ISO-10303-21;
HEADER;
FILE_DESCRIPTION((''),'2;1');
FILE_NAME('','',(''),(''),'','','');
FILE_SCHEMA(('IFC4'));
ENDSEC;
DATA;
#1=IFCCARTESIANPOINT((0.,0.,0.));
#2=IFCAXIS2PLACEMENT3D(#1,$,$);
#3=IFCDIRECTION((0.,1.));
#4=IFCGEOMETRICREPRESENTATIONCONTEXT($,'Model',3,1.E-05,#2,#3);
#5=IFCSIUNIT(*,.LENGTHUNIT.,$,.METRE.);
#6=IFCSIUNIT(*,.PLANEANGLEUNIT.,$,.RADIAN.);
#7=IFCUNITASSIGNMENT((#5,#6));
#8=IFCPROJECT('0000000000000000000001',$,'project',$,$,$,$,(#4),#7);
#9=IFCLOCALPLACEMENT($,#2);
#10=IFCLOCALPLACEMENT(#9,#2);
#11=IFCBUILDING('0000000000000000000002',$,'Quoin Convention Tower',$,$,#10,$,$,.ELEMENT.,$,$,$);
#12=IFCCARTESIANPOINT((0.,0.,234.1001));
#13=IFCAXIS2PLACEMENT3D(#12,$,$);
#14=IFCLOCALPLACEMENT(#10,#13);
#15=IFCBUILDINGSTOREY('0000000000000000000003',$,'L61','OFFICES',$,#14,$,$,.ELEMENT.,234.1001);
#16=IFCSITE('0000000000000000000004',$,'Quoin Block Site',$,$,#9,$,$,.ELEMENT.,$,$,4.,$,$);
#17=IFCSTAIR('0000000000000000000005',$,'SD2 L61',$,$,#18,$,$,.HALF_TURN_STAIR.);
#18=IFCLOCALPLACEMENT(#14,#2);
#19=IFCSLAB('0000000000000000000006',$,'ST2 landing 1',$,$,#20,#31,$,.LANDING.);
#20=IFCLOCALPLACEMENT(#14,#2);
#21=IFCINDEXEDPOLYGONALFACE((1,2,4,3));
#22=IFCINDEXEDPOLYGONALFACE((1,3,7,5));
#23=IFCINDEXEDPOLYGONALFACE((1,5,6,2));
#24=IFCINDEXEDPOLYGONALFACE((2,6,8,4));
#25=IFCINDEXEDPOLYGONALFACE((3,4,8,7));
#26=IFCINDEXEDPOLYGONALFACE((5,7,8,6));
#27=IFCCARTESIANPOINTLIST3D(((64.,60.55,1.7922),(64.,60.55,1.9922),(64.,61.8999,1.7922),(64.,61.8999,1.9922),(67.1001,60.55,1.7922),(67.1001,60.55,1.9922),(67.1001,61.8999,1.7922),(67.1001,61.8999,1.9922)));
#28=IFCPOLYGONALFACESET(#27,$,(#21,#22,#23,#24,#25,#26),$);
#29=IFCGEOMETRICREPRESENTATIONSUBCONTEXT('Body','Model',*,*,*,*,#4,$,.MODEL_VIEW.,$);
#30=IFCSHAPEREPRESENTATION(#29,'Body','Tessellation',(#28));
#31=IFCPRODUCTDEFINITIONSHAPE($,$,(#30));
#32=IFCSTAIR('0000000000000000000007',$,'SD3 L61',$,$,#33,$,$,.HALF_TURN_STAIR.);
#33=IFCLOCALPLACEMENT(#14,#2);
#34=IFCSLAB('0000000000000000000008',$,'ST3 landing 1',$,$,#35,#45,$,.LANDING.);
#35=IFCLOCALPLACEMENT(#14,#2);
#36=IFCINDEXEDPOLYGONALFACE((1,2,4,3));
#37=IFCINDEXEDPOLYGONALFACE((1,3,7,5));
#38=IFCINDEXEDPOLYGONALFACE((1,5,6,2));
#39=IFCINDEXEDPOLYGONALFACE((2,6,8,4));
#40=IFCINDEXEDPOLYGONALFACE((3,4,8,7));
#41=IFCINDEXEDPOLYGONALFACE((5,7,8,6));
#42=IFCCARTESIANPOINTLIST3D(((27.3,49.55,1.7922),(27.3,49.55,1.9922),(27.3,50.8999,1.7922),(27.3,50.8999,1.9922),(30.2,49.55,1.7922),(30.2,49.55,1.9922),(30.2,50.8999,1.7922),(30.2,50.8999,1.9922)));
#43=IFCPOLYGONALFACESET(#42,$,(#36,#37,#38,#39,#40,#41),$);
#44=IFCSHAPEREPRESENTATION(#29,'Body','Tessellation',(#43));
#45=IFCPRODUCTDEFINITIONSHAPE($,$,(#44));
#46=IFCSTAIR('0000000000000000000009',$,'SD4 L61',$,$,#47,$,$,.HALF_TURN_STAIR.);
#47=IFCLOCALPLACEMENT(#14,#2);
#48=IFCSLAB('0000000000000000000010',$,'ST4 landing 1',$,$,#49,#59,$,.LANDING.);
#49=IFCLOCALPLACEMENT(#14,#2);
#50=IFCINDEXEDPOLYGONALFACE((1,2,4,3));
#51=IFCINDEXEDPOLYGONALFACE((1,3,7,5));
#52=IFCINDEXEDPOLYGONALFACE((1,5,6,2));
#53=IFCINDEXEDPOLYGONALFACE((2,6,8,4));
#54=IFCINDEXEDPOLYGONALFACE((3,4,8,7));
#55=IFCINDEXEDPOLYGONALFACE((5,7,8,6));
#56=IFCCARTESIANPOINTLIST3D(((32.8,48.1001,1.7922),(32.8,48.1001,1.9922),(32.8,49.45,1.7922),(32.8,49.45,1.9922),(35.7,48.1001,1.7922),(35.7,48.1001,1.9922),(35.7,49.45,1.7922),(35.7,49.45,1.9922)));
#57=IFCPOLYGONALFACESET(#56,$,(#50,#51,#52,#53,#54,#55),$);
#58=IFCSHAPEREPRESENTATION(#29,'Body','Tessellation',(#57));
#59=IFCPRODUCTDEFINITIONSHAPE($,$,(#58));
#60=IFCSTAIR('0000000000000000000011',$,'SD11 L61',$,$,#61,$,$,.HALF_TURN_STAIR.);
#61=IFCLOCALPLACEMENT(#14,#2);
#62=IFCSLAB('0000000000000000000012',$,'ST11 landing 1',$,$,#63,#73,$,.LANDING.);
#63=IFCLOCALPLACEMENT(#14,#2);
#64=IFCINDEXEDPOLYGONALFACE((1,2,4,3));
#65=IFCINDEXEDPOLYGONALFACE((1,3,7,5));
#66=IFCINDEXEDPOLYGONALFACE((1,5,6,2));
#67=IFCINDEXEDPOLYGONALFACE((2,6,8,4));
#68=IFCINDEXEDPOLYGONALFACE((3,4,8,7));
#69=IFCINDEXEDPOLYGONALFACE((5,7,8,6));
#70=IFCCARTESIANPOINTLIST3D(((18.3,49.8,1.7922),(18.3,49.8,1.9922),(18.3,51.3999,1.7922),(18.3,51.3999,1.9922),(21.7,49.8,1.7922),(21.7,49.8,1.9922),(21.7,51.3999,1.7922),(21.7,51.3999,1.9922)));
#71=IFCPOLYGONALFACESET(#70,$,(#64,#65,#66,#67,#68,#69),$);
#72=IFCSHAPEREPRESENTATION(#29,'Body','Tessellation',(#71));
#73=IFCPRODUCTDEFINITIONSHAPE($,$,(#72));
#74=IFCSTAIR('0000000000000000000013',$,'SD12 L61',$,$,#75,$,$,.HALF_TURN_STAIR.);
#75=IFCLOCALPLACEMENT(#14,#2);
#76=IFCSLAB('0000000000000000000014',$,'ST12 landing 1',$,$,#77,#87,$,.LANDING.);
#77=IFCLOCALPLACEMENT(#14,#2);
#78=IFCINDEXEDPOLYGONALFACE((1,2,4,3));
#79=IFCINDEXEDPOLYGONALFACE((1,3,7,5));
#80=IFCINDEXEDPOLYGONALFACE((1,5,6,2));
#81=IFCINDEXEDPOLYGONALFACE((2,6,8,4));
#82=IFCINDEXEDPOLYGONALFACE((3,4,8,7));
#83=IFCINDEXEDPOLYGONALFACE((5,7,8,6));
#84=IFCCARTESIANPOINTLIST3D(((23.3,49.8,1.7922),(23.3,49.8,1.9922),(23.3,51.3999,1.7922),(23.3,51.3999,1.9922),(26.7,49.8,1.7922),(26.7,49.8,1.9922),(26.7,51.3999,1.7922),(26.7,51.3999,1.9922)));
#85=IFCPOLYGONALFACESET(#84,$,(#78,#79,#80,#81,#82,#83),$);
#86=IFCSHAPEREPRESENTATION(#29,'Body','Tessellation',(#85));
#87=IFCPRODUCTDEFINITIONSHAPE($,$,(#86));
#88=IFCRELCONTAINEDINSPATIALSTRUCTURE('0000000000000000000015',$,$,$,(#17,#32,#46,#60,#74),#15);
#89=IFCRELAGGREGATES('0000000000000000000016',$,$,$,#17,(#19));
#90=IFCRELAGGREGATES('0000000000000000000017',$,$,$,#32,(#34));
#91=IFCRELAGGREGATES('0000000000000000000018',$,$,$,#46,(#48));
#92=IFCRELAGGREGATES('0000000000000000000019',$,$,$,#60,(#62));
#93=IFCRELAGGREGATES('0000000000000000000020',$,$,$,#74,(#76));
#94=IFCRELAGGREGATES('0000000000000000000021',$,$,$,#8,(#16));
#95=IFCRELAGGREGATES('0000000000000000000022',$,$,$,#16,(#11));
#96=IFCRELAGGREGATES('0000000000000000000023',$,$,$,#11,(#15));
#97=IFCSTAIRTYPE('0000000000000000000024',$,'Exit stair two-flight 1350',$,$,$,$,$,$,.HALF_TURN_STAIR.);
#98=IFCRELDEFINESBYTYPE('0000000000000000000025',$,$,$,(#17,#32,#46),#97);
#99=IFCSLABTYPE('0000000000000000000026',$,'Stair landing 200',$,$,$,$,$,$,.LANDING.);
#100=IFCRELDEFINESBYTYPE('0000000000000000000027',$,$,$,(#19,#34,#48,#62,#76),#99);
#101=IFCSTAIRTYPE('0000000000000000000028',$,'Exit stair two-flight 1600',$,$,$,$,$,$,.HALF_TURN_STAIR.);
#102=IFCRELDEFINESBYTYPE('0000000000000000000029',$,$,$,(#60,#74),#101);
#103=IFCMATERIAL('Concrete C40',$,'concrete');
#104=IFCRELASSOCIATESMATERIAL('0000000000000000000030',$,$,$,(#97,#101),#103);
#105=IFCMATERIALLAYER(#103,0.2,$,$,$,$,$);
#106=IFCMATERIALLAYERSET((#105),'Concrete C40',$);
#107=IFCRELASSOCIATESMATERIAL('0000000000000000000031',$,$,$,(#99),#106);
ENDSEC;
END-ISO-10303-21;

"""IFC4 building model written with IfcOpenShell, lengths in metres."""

from ifc_helpers import new_model, si_unit, direction, frame, origin, place, context, subcontext, project, spatial, polyline, outline, extrude, material, layer, layer_set, type_object, element, aggregate, save


model = new_model("IFC4")

# Units and contexts
model_context = context("Model", 3, precision=1e-05, world=origin(), true_north=direction((0.0, 1.0)))
body_context = subcontext(model_context, "Body", "Model", "MODEL_VIEW")
ifc_project = project(units=[si_unit("LENGTHUNIT", "METRE"), si_unit("PLANEANGLEUNIT", "RADIAN")], contexts=[model_context])

# Site, building, storey
site_placement = place(None, origin())
site = spatial("IfcSite", under=ifc_project, at=site_placement, Name="Quoin Block Site", CompositionType="ELEMENT", RefElevation=4.0)
building_placement = place(site_placement, origin())
building = spatial("IfcBuilding", under=site, at=building_placement, Name="Quoin Convention Tower", CompositionType="ELEMENT")
storey_placement = place(building_placement, frame((0.0, 0.0, 234.1001)))
storey = spatial("IfcBuildingStorey", under=building, at=storey_placement, Name="L61", Description="OFFICES", CompositionType="ELEMENT", Elevation=234.1001)

# Shared definitions
ifc_material_1 = material(Name="Concrete C40", Category="concrete")

# Stairs, slabs
stair_type_1 = type_object("IfcStairType", Name="Exit stair two-flight 1350", PredefinedType="HALF_TURN_STAIR", material=ifc_material_1)
ifc_layer_1 = layer(ifc_material_1, 0.2)
ifc_layer_set_1 = layer_set([ifc_layer_1], Name="Concrete C40")
slab_type_1 = type_object("IfcSlabType", Name="Stair landing 200", PredefinedType="LANDING", material=ifc_layer_set_1)
stair_1_placement = place(storey_placement, origin())
stair_1 = element("IfcStair", 1, at=stair_1_placement, inside=storey, type_object=stair_type_1, Name="SD2 L61", PredefinedType="HALF_TURN_STAIR")
slab_1_placement = place(storey_placement, frame((0.0, 0.0, 1.7922)))
slab_1 = element("IfcSlab", 2, at=slab_1_placement, type_object=slab_type_1, Name="ST2 landing 1", PredefinedType="LANDING", context=body_context, shape_type="SweptSolid", body=[
    extrude(outline(polyline([(64.0, 60.55), (67.1001, 60.55), (67.1001, 61.8999), (64.0, 61.8999), (64.0, 60.55)])), origin(), (0.0, 0.0, 1.0), 0.2),
])
aggregate(stair_1, [slab_1])
stair_2_placement = place(storey_placement, origin())
stair_2 = element("IfcStair", 3, at=stair_2_placement, inside=storey, type_object=stair_type_1, Name="SD3 L61", PredefinedType="HALF_TURN_STAIR")
slab_2_placement = place(storey_placement, frame((0.0, 0.0, 1.7922)))
slab_2 = element("IfcSlab", 4, at=slab_2_placement, type_object=slab_type_1, Name="ST3 landing 1", PredefinedType="LANDING", context=body_context, shape_type="SweptSolid", body=[
    extrude(outline(polyline([(27.3, 49.55), (30.2, 49.55), (30.2, 50.8999), (27.3, 50.8999), (27.3, 49.55)])), origin(), (0.0, 0.0, 1.0), 0.2),
])
aggregate(stair_2, [slab_2])
stair_3_placement = place(storey_placement, origin())
stair_3 = element("IfcStair", 5, at=stair_3_placement, inside=storey, type_object=stair_type_1, Name="SD4 L61", PredefinedType="HALF_TURN_STAIR")
slab_3_placement = place(storey_placement, frame((0.0, 0.0, 1.7922)))
slab_3 = element("IfcSlab", 6, at=slab_3_placement, type_object=slab_type_1, Name="ST4 landing 1", PredefinedType="LANDING", context=body_context, shape_type="SweptSolid", body=[
    extrude(outline(polyline([(35.7, 49.45), (32.8, 49.45), (32.8, 48.1001), (35.7, 48.1001), (35.7, 49.45)])), origin(), (0.0, 0.0, 1.0), 0.2),
])
aggregate(stair_3, [slab_3])
stair_type_2 = type_object("IfcStairType", Name="Exit stair two-flight 1600", PredefinedType="HALF_TURN_STAIR", material=ifc_material_1)
stair_4_placement = place(storey_placement, origin())
stair_4 = element("IfcStair", 7, at=stair_4_placement, inside=storey, type_object=stair_type_2, Name="SD11 L61", PredefinedType="HALF_TURN_STAIR")
slab_4_placement = place(storey_placement, frame((0.0, 0.0, 1.7922)))
slab_4 = element("IfcSlab", 8, at=slab_4_placement, type_object=slab_type_1, Name="ST11 landing 1", PredefinedType="LANDING", context=body_context, shape_type="SweptSolid", body=[
    extrude(outline(polyline([(21.7, 51.3999), (18.3, 51.3999), (18.3, 49.8), (21.7, 49.8), (21.7, 51.3999)])), origin(), (0.0, 0.0, 1.0), 0.2),
])
aggregate(stair_4, [slab_4])
stair_5_placement = place(storey_placement, origin())
stair_5 = element("IfcStair", 9, at=stair_5_placement, inside=storey, type_object=stair_type_2, Name="SD12 L61", PredefinedType="HALF_TURN_STAIR")
slab_5_placement = place(storey_placement, frame((0.0, 0.0, 1.7922)))
slab_5 = element("IfcSlab", 10, at=slab_5_placement, type_object=slab_type_1, Name="ST12 landing 1", PredefinedType="LANDING", context=body_context, shape_type="SweptSolid", body=[
    extrude(outline(polyline([(26.7, 51.3999), (23.3, 51.3999), (23.3, 49.8), (26.7, 49.8), (26.7, 51.3999)])), origin(), (0.0, 0.0, 1.0), 0.2),
])
aggregate(stair_5, [slab_5])

save(model, "model.ifc")
